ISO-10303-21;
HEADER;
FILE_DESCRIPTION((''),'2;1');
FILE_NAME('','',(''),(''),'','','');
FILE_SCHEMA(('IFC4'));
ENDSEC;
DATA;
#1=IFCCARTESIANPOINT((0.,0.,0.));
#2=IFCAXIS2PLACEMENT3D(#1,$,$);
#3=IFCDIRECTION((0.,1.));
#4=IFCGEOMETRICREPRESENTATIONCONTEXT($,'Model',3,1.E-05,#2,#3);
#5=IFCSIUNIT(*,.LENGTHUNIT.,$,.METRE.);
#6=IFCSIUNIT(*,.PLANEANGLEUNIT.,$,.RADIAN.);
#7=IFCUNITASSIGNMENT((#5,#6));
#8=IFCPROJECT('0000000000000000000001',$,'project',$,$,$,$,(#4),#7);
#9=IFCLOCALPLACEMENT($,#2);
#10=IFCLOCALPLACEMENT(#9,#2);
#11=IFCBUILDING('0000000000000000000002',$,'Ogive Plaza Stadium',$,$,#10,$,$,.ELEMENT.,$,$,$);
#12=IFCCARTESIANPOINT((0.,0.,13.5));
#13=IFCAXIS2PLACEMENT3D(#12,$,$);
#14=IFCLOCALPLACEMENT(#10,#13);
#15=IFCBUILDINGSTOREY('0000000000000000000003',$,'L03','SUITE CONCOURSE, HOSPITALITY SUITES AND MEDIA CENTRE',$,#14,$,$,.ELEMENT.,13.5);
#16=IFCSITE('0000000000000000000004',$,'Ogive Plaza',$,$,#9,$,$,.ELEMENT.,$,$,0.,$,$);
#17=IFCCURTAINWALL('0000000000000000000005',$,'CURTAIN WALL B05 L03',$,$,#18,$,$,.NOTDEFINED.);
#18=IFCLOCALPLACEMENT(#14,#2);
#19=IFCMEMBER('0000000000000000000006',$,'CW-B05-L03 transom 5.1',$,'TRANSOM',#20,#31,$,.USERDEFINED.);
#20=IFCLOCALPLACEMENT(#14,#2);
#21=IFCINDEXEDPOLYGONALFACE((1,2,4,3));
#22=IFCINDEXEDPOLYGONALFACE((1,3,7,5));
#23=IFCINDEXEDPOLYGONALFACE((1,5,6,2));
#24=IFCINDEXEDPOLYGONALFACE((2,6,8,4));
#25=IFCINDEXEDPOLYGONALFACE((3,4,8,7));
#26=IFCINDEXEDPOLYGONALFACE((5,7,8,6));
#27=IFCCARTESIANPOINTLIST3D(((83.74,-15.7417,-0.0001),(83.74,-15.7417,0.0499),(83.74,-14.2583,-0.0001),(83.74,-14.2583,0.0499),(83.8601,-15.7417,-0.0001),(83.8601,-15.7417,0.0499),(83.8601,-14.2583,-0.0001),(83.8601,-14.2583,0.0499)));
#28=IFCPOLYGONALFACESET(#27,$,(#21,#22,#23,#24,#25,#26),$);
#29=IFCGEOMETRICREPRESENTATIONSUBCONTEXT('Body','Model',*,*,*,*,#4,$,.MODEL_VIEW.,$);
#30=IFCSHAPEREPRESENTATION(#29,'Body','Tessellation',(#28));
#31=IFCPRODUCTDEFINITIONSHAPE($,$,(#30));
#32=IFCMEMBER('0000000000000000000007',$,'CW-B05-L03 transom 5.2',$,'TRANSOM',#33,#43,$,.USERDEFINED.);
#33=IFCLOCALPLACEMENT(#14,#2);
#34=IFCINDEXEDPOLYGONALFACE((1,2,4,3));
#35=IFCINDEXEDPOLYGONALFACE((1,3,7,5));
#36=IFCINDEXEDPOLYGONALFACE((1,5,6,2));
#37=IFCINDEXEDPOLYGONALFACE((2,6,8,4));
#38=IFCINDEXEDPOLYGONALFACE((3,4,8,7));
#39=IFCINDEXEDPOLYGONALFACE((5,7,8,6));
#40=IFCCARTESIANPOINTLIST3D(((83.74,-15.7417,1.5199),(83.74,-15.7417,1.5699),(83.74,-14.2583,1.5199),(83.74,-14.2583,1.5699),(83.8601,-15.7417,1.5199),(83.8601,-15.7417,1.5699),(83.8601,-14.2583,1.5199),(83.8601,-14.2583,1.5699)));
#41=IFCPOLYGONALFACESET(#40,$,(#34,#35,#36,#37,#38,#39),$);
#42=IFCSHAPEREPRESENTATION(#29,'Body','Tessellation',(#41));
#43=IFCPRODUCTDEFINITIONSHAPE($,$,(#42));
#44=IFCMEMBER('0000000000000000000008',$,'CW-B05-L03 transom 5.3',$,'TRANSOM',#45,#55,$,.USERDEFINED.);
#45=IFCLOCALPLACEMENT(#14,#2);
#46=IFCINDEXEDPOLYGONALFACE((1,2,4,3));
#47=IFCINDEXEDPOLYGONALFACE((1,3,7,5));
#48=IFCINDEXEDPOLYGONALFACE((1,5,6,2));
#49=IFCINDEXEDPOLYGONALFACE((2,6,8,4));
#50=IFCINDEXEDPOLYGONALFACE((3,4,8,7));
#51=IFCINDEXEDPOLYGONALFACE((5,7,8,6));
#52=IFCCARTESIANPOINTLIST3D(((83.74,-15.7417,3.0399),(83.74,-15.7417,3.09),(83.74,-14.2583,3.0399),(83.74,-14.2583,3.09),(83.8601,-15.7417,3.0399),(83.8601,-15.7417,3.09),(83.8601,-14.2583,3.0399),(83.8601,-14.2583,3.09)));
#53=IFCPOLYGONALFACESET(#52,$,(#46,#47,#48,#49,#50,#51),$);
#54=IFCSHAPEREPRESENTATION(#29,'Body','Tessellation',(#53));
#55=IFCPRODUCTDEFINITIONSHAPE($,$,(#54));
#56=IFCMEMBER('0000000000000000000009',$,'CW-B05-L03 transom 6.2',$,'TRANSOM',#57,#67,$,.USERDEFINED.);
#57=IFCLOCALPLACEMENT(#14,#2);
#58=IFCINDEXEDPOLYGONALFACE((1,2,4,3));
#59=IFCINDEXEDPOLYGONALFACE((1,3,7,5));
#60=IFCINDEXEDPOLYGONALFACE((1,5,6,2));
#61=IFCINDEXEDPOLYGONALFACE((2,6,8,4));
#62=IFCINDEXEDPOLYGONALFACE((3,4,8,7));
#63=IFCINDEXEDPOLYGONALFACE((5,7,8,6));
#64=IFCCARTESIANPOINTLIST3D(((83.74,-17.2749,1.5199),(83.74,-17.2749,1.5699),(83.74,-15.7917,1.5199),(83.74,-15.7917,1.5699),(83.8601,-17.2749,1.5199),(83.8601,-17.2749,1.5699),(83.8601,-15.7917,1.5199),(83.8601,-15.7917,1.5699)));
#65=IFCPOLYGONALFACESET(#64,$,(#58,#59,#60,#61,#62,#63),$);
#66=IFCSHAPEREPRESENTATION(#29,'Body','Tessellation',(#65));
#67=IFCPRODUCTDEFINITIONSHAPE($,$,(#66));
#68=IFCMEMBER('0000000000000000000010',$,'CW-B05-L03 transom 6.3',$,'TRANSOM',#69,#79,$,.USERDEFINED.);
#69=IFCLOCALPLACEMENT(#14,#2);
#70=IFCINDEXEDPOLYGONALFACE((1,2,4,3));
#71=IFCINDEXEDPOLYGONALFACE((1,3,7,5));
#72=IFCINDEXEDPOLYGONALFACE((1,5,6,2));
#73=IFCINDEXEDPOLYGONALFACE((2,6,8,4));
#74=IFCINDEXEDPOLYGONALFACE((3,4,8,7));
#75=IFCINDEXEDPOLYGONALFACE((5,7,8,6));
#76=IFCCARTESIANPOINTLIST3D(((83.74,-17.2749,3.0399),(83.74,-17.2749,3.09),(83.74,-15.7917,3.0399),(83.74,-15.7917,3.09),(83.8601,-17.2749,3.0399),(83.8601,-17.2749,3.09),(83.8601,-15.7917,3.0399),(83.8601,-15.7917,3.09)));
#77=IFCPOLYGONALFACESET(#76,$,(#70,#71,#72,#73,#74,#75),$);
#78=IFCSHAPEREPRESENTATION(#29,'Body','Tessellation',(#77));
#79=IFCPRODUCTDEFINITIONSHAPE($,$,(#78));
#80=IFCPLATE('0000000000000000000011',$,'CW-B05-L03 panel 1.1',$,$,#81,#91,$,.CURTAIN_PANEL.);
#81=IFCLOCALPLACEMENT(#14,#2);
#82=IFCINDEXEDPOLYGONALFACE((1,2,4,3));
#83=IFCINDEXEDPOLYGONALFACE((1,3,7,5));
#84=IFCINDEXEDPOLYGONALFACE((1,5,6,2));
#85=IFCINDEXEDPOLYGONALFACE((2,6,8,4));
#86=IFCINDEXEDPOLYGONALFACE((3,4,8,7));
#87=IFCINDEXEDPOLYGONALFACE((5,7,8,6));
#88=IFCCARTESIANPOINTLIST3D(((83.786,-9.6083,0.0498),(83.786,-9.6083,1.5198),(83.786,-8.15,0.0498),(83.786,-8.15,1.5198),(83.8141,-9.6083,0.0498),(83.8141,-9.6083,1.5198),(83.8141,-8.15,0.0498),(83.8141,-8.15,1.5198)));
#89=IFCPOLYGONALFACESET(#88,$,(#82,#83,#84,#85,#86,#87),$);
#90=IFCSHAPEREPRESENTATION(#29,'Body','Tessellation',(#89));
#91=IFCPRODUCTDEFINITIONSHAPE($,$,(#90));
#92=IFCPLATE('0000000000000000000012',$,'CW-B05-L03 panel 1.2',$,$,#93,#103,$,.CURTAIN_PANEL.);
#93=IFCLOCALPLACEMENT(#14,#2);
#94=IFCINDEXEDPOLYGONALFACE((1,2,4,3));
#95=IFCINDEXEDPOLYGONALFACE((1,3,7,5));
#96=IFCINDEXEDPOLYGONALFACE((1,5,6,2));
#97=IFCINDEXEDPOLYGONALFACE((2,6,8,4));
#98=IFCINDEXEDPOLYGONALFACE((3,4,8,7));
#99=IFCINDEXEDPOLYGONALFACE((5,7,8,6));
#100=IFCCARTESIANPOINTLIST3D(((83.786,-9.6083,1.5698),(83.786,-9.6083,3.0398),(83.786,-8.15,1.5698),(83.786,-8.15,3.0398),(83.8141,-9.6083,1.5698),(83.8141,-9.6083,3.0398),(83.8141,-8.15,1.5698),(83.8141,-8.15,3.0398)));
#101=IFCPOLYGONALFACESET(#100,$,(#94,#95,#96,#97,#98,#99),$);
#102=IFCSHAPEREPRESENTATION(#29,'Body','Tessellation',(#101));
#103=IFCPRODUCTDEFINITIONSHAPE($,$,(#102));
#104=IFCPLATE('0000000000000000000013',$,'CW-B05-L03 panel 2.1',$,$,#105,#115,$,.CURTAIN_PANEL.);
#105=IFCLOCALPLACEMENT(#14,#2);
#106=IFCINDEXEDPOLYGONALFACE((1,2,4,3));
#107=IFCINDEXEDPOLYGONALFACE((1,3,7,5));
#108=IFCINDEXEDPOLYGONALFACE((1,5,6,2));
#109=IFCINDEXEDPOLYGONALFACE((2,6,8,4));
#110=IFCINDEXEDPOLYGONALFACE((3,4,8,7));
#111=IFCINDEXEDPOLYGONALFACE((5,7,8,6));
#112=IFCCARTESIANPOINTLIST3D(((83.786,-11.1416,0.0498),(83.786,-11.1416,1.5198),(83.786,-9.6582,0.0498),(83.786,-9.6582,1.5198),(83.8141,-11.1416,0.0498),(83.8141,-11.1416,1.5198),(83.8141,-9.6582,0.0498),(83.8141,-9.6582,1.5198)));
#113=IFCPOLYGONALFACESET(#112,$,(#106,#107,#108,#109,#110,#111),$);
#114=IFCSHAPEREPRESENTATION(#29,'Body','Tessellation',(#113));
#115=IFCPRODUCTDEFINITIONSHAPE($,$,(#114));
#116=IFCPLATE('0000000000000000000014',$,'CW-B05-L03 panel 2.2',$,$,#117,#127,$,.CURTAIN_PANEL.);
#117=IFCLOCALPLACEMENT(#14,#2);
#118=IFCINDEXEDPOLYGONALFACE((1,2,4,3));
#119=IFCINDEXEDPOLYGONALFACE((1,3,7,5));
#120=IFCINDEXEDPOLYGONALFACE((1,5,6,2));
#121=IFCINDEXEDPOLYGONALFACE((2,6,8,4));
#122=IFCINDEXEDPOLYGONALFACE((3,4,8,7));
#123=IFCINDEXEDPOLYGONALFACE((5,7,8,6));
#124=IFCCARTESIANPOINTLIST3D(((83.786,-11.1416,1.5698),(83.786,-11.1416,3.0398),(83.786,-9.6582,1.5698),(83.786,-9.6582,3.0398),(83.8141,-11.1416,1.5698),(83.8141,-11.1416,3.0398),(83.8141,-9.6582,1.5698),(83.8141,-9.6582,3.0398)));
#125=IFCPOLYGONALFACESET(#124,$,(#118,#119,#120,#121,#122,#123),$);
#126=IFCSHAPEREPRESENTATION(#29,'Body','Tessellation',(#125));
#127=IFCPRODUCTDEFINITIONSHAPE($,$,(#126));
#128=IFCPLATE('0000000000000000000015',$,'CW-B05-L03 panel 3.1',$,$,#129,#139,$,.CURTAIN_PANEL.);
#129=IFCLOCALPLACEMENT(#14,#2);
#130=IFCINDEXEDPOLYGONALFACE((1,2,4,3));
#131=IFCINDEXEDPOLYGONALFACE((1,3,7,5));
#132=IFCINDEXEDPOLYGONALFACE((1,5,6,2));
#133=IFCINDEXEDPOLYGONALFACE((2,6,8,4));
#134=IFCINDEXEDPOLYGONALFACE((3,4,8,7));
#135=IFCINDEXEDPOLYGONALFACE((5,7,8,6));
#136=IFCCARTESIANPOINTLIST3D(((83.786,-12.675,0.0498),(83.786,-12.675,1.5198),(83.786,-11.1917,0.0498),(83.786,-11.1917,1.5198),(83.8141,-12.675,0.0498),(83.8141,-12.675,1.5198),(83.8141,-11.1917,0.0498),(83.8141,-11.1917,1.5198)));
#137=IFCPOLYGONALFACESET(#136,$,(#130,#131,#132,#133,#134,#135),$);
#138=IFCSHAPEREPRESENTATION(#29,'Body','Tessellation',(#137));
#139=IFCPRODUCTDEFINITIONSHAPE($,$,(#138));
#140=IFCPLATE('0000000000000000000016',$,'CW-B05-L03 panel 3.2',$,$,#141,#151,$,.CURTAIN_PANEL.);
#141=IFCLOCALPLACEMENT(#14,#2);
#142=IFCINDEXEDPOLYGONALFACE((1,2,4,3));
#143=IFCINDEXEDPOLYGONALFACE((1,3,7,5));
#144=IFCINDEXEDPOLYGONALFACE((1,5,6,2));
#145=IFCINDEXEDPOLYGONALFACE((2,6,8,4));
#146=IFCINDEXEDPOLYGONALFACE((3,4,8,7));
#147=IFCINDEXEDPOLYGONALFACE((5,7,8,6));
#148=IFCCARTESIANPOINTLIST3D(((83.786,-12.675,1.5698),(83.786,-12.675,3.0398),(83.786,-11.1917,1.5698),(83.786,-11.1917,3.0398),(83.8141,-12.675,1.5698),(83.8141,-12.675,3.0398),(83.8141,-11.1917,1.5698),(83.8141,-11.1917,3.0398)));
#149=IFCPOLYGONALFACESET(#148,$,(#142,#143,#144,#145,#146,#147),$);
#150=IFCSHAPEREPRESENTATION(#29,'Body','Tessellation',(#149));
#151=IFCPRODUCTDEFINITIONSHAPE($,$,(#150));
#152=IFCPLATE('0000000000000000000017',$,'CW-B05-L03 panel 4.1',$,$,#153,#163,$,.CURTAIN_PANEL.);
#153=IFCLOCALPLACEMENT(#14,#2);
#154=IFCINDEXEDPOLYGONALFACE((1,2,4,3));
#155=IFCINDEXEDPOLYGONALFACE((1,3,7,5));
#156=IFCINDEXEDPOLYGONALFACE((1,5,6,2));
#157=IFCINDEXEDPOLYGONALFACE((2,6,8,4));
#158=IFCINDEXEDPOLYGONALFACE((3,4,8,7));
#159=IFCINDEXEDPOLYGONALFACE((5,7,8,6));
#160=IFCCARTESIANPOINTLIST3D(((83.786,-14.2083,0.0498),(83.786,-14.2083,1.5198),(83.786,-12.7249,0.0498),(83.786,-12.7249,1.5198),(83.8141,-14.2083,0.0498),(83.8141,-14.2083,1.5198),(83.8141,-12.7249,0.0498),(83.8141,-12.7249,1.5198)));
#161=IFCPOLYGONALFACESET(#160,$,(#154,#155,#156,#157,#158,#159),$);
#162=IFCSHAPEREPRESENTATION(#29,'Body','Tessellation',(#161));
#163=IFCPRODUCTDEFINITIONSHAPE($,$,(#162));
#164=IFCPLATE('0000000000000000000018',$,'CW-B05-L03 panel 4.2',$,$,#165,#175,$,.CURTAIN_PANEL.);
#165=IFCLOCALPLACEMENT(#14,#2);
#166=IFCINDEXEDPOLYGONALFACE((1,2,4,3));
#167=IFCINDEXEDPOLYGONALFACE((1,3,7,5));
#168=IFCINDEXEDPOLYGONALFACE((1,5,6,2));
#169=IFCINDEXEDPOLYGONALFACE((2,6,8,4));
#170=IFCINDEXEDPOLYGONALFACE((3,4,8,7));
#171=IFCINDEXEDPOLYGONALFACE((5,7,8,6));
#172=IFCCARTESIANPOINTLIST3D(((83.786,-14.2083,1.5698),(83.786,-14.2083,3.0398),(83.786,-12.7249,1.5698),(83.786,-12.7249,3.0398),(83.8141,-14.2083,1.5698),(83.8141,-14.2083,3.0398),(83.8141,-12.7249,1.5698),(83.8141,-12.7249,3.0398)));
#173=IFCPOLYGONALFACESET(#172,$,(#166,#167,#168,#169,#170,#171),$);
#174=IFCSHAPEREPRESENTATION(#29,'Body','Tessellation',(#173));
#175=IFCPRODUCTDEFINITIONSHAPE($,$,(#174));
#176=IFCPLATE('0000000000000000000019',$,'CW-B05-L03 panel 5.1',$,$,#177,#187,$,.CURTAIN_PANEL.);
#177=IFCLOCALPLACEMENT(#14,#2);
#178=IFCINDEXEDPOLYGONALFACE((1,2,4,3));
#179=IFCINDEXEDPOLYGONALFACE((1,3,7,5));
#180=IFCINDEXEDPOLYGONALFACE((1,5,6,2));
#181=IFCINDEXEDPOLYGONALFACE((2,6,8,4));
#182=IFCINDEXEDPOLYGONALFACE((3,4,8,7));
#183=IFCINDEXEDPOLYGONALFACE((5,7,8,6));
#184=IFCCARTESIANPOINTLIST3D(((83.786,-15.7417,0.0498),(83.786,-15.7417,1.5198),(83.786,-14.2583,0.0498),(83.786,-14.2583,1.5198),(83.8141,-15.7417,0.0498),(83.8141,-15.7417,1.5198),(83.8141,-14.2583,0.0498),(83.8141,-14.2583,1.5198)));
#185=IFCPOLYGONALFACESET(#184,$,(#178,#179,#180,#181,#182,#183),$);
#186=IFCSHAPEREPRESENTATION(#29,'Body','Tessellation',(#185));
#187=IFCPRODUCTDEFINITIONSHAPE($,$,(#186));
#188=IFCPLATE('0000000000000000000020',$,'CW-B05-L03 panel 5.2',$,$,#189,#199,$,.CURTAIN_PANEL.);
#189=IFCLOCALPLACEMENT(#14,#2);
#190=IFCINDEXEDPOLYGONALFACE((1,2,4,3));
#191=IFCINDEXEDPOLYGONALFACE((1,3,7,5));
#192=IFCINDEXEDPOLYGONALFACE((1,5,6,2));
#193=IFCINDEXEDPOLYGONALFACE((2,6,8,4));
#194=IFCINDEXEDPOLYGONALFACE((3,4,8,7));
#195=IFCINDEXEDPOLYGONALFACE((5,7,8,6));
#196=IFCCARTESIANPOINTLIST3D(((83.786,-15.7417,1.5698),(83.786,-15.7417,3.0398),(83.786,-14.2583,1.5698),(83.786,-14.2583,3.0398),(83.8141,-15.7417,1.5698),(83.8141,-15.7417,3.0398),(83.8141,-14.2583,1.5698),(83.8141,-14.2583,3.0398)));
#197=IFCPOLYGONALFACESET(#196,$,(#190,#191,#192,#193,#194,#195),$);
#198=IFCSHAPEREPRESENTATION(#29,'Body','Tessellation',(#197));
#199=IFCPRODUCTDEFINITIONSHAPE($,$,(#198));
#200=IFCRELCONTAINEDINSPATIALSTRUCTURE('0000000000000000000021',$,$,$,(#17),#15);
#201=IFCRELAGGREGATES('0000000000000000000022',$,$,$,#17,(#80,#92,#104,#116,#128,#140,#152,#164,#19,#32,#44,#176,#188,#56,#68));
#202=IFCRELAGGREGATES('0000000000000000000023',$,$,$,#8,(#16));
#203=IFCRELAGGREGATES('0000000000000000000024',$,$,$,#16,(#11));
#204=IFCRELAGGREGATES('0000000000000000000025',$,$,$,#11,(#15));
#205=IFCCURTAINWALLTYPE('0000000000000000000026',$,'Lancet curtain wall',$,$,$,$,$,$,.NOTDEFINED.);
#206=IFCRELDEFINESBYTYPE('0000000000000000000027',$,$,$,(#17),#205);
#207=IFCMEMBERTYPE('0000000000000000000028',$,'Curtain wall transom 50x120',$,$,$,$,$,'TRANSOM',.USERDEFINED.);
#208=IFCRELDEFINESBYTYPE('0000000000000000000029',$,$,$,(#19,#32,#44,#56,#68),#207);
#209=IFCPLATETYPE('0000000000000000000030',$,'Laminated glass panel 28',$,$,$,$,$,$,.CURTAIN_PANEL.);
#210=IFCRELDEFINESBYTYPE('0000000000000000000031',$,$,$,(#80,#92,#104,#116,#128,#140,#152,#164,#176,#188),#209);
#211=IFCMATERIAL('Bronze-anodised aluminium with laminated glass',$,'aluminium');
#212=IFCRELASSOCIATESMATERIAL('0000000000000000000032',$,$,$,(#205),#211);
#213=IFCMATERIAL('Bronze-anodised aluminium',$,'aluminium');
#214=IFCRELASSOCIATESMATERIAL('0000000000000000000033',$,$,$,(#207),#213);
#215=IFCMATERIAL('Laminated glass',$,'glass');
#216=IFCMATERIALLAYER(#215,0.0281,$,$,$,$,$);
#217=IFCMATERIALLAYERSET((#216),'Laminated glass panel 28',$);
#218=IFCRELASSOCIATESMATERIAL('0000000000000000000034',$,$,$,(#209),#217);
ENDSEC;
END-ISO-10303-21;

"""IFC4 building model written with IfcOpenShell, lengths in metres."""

from ifc_helpers import new_model, si_unit, direction, frame, origin, origin_2d, place, context, subcontext, project, spatial, rectangle, extrude, material, layer, layer_set, material_profile, profile_set, type_object, element, aggregate, save


model = new_model("IFC4")

# Units and contexts
model_context = context("Model", 3, precision=1e-05, world=origin(), true_north=direction((0.0, 1.0)))
body_context = subcontext(model_context, "Body", "Model", "MODEL_VIEW")
ifc_project = project(units=[si_unit("LENGTHUNIT", "METRE"), si_unit("PLANEANGLEUNIT", "RADIAN")], contexts=[model_context])

# Site, building, storey
site_placement = place(None, origin())
site = spatial("IfcSite", under=ifc_project, at=site_placement, Name="Ogive Plaza", CompositionType="ELEMENT", RefElevation=0.0)
building_placement = place(site_placement, origin())
building = spatial("IfcBuilding", under=site, at=building_placement, Name="Ogive Plaza Stadium", CompositionType="ELEMENT")
storey_placement = place(building_placement, frame((0.0, 0.0, 13.5)))
storey = spatial("IfcBuildingStorey", under=building, at=storey_placement, Name="L03", Description="SUITE CONCOURSE, HOSPITALITY SUITES AND MEDIA CENTRE", CompositionType="ELEMENT", Elevation=13.5)

# Curtain wall, members, plates
ifc_material_1 = material(Name="Bronze-anodised aluminium with laminated glass", Category="aluminium")
curtain_wall_type = type_object("IfcCurtainWallType", Name="Lancet curtain wall", PredefinedType="NOTDEFINED", material=ifc_material_1)
curtain_wall_placement = place(storey_placement, origin())
curtain_wall = element("IfcCurtainWall", 1, at=curtain_wall_placement, inside=storey, type_object=curtain_wall_type, Name="CURTAIN WALL B05 L03", PredefinedType="NOTDEFINED")
ifc_material_2 = material(Name="Bronze-anodised aluminium", Category="aluminium")
ifc_material_profile_1 = material_profile(ifc_material_2, rectangle(XDim=0.1201, YDim=0.05, at=origin_2d()), Name="AL 120x50")
ifc_profile_set_1 = profile_set([ifc_material_profile_1], Name="Bronze-anodised aluminium")
member_type_1 = type_object("IfcMemberType", Name="Curtain wall transom 50x120", ElementType="TRANSOM", PredefinedType="USERDEFINED", material=ifc_profile_set_1)
member_1_placement = place(storey_placement, frame((83.8, -14.2583, 0.0249), z_axis=(0.0, -1.0, 0.0), x_axis=(1.0, 0.0, 0.0)))
member_1 = element("IfcMember", 2, at=member_1_placement, type_object=member_type_1, Name="CW-B05-L03 transom 5.1", ObjectType="TRANSOM", PredefinedType="USERDEFINED", context=body_context, shape_type="SweptSolid", body=[
    extrude(rectangle(XDim=0.1201, YDim=0.05, at=origin_2d()), origin(), (0.0, 0.0, 1.0), 1.4834),
])
member_2_placement = place(storey_placement, frame((83.8, -14.2583, 1.5449), z_axis=(0.0, -1.0, 0.0), x_axis=(1.0, 0.0, 0.0)))
member_2 = element("IfcMember", 3, at=member_2_placement, type_object=member_type_1, Name="CW-B05-L03 transom 5.2", ObjectType="TRANSOM", PredefinedType="USERDEFINED", context=body_context, shape_type="SweptSolid", body=[
    extrude(rectangle(XDim=0.1201, YDim=0.05, at=origin_2d()), origin(), (0.0, 0.0, 1.0), 1.4834),
])
member_3_placement = place(storey_placement, frame((83.8, -14.2583, 3.0649), z_axis=(0.0, -1.0, 0.0), x_axis=(1.0, 0.0, 0.0)))
member_3 = element("IfcMember", 4, at=member_3_placement, type_object=member_type_1, Name="CW-B05-L03 transom 5.3", ObjectType="TRANSOM", PredefinedType="USERDEFINED", context=body_context, shape_type="SweptSolid", body=[
    extrude(rectangle(XDim=0.1201, YDim=0.05, at=origin_2d()), origin(), (0.0, 0.0, 1.0), 1.4834),
])
member_4_placement = place(storey_placement, frame((83.8, -15.7917, 1.5449), z_axis=(0.0, -1.0, 0.0), x_axis=(1.0, 0.0, 0.0)))
member_4 = element("IfcMember", 5, at=member_4_placement, type_object=member_type_1, Name="CW-B05-L03 transom 6.2", ObjectType="TRANSOM", PredefinedType="USERDEFINED", context=body_context, shape_type="SweptSolid", body=[
    extrude(rectangle(XDim=0.1201, YDim=0.05, at=origin_2d()), origin(), (0.0, 0.0, 1.0), 1.4832),
])
member_5_placement = place(storey_placement, frame((83.8, -15.7917, 3.0649), z_axis=(0.0, -1.0, 0.0), x_axis=(1.0, 0.0, 0.0)))
member_5 = element("IfcMember", 6, at=member_5_placement, type_object=member_type_1, Name="CW-B05-L03 transom 6.3", ObjectType="TRANSOM", PredefinedType="USERDEFINED", context=body_context, shape_type="SweptSolid", body=[
    extrude(rectangle(XDim=0.1201, YDim=0.05, at=origin_2d()), origin(), (0.0, 0.0, 1.0), 1.4832),
])
ifc_material_3 = material(Name="Laminated glass", Category="glass")
ifc_layer_1 = layer(ifc_material_3, 0.0281)
ifc_layer_set_1 = layer_set([ifc_layer_1], Name="Laminated glass panel 28")
plate_type = type_object("IfcPlateType", Name="Laminated glass panel 28", PredefinedType="CURTAIN_PANEL", material=ifc_layer_set_1)
plate_1_placement = place(storey_placement, frame((83.8, -8.8792, 0.0498), z_axis=(0.0, 0.0, 1.0), x_axis=(0.0, -1.0, 0.0)))
plate_1 = element("IfcPlate", 7, at=plate_1_placement, type_object=plate_type, Name="CW-B05-L03 panel 1.1", PredefinedType="CURTAIN_PANEL", context=body_context, shape_type="SweptSolid", body=[
    extrude(rectangle(XDim=1.4583, YDim=0.0281, at=origin_2d()), origin(), (0.0, 0.0, 1.0), 1.47),
])
plate_2_placement = place(storey_placement, frame((83.8, -8.8792, 1.5698), z_axis=(0.0, 0.0, 1.0), x_axis=(0.0, -1.0, 0.0)))
plate_2 = element("IfcPlate", 8, at=plate_2_placement, type_object=plate_type, Name="CW-B05-L03 panel 1.2", PredefinedType="CURTAIN_PANEL", context=body_context, shape_type="SweptSolid", body=[
    extrude(rectangle(XDim=1.4583, YDim=0.0281, at=origin_2d()), origin(), (0.0, 0.0, 1.0), 1.47),
])
plate_3_placement = place(storey_placement, frame((83.8, -10.3999, 0.0498), z_axis=(0.0, 0.0, 1.0), x_axis=(0.0, -1.0, 0.0)))
plate_3 = element("IfcPlate", 9, at=plate_3_placement, type_object=plate_type, Name="CW-B05-L03 panel 2.1", PredefinedType="CURTAIN_PANEL", context=body_context, shape_type="SweptSolid", body=[
    extrude(rectangle(XDim=1.4834, YDim=0.0281, at=origin_2d()), origin(), (0.0, 0.0, 1.0), 1.47),
])
plate_4_placement = place(storey_placement, frame((83.8, -10.3999, 1.5698), z_axis=(0.0, 0.0, 1.0), x_axis=(0.0, -1.0, 0.0)))
plate_4 = element("IfcPlate", 10, at=plate_4_placement, type_object=plate_type, Name="CW-B05-L03 panel 2.2", PredefinedType="CURTAIN_PANEL", context=body_context, shape_type="SweptSolid", body=[
    extrude(rectangle(XDim=1.4834, YDim=0.0281, at=origin_2d()), origin(), (0.0, 0.0, 1.0), 1.47),
])
plate_5_placement = place(storey_placement, frame((83.8, -11.9333, 0.0498), z_axis=(0.0, 0.0, 1.0), x_axis=(0.0, -1.0, 0.0)))
plate_5 = element("IfcPlate", 11, at=plate_5_placement, type_object=plate_type, Name="CW-B05-L03 panel 3.1", PredefinedType="CURTAIN_PANEL", context=body_context, shape_type="SweptSolid", body=[
    extrude(rectangle(XDim=1.4834, YDim=0.0281, at=origin_2d()), origin(), (0.0, 0.0, 1.0), 1.47),
])
plate_6_placement = place(storey_placement, frame((83.8, -11.9333, 1.5698), z_axis=(0.0, 0.0, 1.0), x_axis=(0.0, -1.0, 0.0)))
plate_6 = element("IfcPlate", 12, at=plate_6_placement, type_object=plate_type, Name="CW-B05-L03 panel 3.2", PredefinedType="CURTAIN_PANEL", context=body_context, shape_type="SweptSolid", body=[
    extrude(rectangle(XDim=1.4834, YDim=0.0281, at=origin_2d()), origin(), (0.0, 0.0, 1.0), 1.47),
])
plate_7_placement = place(storey_placement, frame((83.8, -13.4666, 0.0498), z_axis=(0.0, 0.0, 1.0), x_axis=(0.0, -1.0, 0.0)))
plate_7 = element("IfcPlate", 13, at=plate_7_placement, type_object=plate_type, Name="CW-B05-L03 panel 4.1", PredefinedType="CURTAIN_PANEL", context=body_context, shape_type="SweptSolid", body=[
    extrude(rectangle(XDim=1.4834, YDim=0.0281, at=origin_2d()), origin(), (0.0, 0.0, 1.0), 1.47),
])
plate_8_placement = place(storey_placement, frame((83.8, -13.4666, 1.5698), z_axis=(0.0, 0.0, 1.0), x_axis=(0.0, -1.0, 0.0)))
plate_8 = element("IfcPlate", 14, at=plate_8_placement, type_object=plate_type, Name="CW-B05-L03 panel 4.2", PredefinedType="CURTAIN_PANEL", context=body_context, shape_type="SweptSolid", body=[
    extrude(rectangle(XDim=1.4834, YDim=0.0281, at=origin_2d()), origin(), (0.0, 0.0, 1.0), 1.47),
])
plate_9_placement = place(storey_placement, frame((83.8, -15.0, 0.0498), z_axis=(0.0, 0.0, 1.0), x_axis=(0.0, -1.0, 0.0)))
plate_9 = element("IfcPlate", 15, at=plate_9_placement, type_object=plate_type, Name="CW-B05-L03 panel 5.1", PredefinedType="CURTAIN_PANEL", context=body_context, shape_type="SweptSolid", body=[
    extrude(rectangle(XDim=1.4834, YDim=0.0281, at=origin_2d()), origin(), (0.0, 0.0, 1.0), 1.47),
])
plate_10_placement = place(storey_placement, frame((83.8, -15.0, 1.5698), z_axis=(0.0, 0.0, 1.0), x_axis=(0.0, -1.0, 0.0)))
plate_10 = element("IfcPlate", 16, at=plate_10_placement, type_object=plate_type, Name="CW-B05-L03 panel 5.2", PredefinedType="CURTAIN_PANEL", context=body_context, shape_type="SweptSolid", body=[
    extrude(rectangle(XDim=1.4834, YDim=0.0281, at=origin_2d()), origin(), (0.0, 0.0, 1.0), 1.47),
])
aggregate(curtain_wall, [plate_1, plate_2, plate_3, plate_4, plate_5, plate_6, plate_7, plate_8, member_1, member_2, member_3, plate_9, plate_10, member_4, member_5])

save(model, "model.ifc")
